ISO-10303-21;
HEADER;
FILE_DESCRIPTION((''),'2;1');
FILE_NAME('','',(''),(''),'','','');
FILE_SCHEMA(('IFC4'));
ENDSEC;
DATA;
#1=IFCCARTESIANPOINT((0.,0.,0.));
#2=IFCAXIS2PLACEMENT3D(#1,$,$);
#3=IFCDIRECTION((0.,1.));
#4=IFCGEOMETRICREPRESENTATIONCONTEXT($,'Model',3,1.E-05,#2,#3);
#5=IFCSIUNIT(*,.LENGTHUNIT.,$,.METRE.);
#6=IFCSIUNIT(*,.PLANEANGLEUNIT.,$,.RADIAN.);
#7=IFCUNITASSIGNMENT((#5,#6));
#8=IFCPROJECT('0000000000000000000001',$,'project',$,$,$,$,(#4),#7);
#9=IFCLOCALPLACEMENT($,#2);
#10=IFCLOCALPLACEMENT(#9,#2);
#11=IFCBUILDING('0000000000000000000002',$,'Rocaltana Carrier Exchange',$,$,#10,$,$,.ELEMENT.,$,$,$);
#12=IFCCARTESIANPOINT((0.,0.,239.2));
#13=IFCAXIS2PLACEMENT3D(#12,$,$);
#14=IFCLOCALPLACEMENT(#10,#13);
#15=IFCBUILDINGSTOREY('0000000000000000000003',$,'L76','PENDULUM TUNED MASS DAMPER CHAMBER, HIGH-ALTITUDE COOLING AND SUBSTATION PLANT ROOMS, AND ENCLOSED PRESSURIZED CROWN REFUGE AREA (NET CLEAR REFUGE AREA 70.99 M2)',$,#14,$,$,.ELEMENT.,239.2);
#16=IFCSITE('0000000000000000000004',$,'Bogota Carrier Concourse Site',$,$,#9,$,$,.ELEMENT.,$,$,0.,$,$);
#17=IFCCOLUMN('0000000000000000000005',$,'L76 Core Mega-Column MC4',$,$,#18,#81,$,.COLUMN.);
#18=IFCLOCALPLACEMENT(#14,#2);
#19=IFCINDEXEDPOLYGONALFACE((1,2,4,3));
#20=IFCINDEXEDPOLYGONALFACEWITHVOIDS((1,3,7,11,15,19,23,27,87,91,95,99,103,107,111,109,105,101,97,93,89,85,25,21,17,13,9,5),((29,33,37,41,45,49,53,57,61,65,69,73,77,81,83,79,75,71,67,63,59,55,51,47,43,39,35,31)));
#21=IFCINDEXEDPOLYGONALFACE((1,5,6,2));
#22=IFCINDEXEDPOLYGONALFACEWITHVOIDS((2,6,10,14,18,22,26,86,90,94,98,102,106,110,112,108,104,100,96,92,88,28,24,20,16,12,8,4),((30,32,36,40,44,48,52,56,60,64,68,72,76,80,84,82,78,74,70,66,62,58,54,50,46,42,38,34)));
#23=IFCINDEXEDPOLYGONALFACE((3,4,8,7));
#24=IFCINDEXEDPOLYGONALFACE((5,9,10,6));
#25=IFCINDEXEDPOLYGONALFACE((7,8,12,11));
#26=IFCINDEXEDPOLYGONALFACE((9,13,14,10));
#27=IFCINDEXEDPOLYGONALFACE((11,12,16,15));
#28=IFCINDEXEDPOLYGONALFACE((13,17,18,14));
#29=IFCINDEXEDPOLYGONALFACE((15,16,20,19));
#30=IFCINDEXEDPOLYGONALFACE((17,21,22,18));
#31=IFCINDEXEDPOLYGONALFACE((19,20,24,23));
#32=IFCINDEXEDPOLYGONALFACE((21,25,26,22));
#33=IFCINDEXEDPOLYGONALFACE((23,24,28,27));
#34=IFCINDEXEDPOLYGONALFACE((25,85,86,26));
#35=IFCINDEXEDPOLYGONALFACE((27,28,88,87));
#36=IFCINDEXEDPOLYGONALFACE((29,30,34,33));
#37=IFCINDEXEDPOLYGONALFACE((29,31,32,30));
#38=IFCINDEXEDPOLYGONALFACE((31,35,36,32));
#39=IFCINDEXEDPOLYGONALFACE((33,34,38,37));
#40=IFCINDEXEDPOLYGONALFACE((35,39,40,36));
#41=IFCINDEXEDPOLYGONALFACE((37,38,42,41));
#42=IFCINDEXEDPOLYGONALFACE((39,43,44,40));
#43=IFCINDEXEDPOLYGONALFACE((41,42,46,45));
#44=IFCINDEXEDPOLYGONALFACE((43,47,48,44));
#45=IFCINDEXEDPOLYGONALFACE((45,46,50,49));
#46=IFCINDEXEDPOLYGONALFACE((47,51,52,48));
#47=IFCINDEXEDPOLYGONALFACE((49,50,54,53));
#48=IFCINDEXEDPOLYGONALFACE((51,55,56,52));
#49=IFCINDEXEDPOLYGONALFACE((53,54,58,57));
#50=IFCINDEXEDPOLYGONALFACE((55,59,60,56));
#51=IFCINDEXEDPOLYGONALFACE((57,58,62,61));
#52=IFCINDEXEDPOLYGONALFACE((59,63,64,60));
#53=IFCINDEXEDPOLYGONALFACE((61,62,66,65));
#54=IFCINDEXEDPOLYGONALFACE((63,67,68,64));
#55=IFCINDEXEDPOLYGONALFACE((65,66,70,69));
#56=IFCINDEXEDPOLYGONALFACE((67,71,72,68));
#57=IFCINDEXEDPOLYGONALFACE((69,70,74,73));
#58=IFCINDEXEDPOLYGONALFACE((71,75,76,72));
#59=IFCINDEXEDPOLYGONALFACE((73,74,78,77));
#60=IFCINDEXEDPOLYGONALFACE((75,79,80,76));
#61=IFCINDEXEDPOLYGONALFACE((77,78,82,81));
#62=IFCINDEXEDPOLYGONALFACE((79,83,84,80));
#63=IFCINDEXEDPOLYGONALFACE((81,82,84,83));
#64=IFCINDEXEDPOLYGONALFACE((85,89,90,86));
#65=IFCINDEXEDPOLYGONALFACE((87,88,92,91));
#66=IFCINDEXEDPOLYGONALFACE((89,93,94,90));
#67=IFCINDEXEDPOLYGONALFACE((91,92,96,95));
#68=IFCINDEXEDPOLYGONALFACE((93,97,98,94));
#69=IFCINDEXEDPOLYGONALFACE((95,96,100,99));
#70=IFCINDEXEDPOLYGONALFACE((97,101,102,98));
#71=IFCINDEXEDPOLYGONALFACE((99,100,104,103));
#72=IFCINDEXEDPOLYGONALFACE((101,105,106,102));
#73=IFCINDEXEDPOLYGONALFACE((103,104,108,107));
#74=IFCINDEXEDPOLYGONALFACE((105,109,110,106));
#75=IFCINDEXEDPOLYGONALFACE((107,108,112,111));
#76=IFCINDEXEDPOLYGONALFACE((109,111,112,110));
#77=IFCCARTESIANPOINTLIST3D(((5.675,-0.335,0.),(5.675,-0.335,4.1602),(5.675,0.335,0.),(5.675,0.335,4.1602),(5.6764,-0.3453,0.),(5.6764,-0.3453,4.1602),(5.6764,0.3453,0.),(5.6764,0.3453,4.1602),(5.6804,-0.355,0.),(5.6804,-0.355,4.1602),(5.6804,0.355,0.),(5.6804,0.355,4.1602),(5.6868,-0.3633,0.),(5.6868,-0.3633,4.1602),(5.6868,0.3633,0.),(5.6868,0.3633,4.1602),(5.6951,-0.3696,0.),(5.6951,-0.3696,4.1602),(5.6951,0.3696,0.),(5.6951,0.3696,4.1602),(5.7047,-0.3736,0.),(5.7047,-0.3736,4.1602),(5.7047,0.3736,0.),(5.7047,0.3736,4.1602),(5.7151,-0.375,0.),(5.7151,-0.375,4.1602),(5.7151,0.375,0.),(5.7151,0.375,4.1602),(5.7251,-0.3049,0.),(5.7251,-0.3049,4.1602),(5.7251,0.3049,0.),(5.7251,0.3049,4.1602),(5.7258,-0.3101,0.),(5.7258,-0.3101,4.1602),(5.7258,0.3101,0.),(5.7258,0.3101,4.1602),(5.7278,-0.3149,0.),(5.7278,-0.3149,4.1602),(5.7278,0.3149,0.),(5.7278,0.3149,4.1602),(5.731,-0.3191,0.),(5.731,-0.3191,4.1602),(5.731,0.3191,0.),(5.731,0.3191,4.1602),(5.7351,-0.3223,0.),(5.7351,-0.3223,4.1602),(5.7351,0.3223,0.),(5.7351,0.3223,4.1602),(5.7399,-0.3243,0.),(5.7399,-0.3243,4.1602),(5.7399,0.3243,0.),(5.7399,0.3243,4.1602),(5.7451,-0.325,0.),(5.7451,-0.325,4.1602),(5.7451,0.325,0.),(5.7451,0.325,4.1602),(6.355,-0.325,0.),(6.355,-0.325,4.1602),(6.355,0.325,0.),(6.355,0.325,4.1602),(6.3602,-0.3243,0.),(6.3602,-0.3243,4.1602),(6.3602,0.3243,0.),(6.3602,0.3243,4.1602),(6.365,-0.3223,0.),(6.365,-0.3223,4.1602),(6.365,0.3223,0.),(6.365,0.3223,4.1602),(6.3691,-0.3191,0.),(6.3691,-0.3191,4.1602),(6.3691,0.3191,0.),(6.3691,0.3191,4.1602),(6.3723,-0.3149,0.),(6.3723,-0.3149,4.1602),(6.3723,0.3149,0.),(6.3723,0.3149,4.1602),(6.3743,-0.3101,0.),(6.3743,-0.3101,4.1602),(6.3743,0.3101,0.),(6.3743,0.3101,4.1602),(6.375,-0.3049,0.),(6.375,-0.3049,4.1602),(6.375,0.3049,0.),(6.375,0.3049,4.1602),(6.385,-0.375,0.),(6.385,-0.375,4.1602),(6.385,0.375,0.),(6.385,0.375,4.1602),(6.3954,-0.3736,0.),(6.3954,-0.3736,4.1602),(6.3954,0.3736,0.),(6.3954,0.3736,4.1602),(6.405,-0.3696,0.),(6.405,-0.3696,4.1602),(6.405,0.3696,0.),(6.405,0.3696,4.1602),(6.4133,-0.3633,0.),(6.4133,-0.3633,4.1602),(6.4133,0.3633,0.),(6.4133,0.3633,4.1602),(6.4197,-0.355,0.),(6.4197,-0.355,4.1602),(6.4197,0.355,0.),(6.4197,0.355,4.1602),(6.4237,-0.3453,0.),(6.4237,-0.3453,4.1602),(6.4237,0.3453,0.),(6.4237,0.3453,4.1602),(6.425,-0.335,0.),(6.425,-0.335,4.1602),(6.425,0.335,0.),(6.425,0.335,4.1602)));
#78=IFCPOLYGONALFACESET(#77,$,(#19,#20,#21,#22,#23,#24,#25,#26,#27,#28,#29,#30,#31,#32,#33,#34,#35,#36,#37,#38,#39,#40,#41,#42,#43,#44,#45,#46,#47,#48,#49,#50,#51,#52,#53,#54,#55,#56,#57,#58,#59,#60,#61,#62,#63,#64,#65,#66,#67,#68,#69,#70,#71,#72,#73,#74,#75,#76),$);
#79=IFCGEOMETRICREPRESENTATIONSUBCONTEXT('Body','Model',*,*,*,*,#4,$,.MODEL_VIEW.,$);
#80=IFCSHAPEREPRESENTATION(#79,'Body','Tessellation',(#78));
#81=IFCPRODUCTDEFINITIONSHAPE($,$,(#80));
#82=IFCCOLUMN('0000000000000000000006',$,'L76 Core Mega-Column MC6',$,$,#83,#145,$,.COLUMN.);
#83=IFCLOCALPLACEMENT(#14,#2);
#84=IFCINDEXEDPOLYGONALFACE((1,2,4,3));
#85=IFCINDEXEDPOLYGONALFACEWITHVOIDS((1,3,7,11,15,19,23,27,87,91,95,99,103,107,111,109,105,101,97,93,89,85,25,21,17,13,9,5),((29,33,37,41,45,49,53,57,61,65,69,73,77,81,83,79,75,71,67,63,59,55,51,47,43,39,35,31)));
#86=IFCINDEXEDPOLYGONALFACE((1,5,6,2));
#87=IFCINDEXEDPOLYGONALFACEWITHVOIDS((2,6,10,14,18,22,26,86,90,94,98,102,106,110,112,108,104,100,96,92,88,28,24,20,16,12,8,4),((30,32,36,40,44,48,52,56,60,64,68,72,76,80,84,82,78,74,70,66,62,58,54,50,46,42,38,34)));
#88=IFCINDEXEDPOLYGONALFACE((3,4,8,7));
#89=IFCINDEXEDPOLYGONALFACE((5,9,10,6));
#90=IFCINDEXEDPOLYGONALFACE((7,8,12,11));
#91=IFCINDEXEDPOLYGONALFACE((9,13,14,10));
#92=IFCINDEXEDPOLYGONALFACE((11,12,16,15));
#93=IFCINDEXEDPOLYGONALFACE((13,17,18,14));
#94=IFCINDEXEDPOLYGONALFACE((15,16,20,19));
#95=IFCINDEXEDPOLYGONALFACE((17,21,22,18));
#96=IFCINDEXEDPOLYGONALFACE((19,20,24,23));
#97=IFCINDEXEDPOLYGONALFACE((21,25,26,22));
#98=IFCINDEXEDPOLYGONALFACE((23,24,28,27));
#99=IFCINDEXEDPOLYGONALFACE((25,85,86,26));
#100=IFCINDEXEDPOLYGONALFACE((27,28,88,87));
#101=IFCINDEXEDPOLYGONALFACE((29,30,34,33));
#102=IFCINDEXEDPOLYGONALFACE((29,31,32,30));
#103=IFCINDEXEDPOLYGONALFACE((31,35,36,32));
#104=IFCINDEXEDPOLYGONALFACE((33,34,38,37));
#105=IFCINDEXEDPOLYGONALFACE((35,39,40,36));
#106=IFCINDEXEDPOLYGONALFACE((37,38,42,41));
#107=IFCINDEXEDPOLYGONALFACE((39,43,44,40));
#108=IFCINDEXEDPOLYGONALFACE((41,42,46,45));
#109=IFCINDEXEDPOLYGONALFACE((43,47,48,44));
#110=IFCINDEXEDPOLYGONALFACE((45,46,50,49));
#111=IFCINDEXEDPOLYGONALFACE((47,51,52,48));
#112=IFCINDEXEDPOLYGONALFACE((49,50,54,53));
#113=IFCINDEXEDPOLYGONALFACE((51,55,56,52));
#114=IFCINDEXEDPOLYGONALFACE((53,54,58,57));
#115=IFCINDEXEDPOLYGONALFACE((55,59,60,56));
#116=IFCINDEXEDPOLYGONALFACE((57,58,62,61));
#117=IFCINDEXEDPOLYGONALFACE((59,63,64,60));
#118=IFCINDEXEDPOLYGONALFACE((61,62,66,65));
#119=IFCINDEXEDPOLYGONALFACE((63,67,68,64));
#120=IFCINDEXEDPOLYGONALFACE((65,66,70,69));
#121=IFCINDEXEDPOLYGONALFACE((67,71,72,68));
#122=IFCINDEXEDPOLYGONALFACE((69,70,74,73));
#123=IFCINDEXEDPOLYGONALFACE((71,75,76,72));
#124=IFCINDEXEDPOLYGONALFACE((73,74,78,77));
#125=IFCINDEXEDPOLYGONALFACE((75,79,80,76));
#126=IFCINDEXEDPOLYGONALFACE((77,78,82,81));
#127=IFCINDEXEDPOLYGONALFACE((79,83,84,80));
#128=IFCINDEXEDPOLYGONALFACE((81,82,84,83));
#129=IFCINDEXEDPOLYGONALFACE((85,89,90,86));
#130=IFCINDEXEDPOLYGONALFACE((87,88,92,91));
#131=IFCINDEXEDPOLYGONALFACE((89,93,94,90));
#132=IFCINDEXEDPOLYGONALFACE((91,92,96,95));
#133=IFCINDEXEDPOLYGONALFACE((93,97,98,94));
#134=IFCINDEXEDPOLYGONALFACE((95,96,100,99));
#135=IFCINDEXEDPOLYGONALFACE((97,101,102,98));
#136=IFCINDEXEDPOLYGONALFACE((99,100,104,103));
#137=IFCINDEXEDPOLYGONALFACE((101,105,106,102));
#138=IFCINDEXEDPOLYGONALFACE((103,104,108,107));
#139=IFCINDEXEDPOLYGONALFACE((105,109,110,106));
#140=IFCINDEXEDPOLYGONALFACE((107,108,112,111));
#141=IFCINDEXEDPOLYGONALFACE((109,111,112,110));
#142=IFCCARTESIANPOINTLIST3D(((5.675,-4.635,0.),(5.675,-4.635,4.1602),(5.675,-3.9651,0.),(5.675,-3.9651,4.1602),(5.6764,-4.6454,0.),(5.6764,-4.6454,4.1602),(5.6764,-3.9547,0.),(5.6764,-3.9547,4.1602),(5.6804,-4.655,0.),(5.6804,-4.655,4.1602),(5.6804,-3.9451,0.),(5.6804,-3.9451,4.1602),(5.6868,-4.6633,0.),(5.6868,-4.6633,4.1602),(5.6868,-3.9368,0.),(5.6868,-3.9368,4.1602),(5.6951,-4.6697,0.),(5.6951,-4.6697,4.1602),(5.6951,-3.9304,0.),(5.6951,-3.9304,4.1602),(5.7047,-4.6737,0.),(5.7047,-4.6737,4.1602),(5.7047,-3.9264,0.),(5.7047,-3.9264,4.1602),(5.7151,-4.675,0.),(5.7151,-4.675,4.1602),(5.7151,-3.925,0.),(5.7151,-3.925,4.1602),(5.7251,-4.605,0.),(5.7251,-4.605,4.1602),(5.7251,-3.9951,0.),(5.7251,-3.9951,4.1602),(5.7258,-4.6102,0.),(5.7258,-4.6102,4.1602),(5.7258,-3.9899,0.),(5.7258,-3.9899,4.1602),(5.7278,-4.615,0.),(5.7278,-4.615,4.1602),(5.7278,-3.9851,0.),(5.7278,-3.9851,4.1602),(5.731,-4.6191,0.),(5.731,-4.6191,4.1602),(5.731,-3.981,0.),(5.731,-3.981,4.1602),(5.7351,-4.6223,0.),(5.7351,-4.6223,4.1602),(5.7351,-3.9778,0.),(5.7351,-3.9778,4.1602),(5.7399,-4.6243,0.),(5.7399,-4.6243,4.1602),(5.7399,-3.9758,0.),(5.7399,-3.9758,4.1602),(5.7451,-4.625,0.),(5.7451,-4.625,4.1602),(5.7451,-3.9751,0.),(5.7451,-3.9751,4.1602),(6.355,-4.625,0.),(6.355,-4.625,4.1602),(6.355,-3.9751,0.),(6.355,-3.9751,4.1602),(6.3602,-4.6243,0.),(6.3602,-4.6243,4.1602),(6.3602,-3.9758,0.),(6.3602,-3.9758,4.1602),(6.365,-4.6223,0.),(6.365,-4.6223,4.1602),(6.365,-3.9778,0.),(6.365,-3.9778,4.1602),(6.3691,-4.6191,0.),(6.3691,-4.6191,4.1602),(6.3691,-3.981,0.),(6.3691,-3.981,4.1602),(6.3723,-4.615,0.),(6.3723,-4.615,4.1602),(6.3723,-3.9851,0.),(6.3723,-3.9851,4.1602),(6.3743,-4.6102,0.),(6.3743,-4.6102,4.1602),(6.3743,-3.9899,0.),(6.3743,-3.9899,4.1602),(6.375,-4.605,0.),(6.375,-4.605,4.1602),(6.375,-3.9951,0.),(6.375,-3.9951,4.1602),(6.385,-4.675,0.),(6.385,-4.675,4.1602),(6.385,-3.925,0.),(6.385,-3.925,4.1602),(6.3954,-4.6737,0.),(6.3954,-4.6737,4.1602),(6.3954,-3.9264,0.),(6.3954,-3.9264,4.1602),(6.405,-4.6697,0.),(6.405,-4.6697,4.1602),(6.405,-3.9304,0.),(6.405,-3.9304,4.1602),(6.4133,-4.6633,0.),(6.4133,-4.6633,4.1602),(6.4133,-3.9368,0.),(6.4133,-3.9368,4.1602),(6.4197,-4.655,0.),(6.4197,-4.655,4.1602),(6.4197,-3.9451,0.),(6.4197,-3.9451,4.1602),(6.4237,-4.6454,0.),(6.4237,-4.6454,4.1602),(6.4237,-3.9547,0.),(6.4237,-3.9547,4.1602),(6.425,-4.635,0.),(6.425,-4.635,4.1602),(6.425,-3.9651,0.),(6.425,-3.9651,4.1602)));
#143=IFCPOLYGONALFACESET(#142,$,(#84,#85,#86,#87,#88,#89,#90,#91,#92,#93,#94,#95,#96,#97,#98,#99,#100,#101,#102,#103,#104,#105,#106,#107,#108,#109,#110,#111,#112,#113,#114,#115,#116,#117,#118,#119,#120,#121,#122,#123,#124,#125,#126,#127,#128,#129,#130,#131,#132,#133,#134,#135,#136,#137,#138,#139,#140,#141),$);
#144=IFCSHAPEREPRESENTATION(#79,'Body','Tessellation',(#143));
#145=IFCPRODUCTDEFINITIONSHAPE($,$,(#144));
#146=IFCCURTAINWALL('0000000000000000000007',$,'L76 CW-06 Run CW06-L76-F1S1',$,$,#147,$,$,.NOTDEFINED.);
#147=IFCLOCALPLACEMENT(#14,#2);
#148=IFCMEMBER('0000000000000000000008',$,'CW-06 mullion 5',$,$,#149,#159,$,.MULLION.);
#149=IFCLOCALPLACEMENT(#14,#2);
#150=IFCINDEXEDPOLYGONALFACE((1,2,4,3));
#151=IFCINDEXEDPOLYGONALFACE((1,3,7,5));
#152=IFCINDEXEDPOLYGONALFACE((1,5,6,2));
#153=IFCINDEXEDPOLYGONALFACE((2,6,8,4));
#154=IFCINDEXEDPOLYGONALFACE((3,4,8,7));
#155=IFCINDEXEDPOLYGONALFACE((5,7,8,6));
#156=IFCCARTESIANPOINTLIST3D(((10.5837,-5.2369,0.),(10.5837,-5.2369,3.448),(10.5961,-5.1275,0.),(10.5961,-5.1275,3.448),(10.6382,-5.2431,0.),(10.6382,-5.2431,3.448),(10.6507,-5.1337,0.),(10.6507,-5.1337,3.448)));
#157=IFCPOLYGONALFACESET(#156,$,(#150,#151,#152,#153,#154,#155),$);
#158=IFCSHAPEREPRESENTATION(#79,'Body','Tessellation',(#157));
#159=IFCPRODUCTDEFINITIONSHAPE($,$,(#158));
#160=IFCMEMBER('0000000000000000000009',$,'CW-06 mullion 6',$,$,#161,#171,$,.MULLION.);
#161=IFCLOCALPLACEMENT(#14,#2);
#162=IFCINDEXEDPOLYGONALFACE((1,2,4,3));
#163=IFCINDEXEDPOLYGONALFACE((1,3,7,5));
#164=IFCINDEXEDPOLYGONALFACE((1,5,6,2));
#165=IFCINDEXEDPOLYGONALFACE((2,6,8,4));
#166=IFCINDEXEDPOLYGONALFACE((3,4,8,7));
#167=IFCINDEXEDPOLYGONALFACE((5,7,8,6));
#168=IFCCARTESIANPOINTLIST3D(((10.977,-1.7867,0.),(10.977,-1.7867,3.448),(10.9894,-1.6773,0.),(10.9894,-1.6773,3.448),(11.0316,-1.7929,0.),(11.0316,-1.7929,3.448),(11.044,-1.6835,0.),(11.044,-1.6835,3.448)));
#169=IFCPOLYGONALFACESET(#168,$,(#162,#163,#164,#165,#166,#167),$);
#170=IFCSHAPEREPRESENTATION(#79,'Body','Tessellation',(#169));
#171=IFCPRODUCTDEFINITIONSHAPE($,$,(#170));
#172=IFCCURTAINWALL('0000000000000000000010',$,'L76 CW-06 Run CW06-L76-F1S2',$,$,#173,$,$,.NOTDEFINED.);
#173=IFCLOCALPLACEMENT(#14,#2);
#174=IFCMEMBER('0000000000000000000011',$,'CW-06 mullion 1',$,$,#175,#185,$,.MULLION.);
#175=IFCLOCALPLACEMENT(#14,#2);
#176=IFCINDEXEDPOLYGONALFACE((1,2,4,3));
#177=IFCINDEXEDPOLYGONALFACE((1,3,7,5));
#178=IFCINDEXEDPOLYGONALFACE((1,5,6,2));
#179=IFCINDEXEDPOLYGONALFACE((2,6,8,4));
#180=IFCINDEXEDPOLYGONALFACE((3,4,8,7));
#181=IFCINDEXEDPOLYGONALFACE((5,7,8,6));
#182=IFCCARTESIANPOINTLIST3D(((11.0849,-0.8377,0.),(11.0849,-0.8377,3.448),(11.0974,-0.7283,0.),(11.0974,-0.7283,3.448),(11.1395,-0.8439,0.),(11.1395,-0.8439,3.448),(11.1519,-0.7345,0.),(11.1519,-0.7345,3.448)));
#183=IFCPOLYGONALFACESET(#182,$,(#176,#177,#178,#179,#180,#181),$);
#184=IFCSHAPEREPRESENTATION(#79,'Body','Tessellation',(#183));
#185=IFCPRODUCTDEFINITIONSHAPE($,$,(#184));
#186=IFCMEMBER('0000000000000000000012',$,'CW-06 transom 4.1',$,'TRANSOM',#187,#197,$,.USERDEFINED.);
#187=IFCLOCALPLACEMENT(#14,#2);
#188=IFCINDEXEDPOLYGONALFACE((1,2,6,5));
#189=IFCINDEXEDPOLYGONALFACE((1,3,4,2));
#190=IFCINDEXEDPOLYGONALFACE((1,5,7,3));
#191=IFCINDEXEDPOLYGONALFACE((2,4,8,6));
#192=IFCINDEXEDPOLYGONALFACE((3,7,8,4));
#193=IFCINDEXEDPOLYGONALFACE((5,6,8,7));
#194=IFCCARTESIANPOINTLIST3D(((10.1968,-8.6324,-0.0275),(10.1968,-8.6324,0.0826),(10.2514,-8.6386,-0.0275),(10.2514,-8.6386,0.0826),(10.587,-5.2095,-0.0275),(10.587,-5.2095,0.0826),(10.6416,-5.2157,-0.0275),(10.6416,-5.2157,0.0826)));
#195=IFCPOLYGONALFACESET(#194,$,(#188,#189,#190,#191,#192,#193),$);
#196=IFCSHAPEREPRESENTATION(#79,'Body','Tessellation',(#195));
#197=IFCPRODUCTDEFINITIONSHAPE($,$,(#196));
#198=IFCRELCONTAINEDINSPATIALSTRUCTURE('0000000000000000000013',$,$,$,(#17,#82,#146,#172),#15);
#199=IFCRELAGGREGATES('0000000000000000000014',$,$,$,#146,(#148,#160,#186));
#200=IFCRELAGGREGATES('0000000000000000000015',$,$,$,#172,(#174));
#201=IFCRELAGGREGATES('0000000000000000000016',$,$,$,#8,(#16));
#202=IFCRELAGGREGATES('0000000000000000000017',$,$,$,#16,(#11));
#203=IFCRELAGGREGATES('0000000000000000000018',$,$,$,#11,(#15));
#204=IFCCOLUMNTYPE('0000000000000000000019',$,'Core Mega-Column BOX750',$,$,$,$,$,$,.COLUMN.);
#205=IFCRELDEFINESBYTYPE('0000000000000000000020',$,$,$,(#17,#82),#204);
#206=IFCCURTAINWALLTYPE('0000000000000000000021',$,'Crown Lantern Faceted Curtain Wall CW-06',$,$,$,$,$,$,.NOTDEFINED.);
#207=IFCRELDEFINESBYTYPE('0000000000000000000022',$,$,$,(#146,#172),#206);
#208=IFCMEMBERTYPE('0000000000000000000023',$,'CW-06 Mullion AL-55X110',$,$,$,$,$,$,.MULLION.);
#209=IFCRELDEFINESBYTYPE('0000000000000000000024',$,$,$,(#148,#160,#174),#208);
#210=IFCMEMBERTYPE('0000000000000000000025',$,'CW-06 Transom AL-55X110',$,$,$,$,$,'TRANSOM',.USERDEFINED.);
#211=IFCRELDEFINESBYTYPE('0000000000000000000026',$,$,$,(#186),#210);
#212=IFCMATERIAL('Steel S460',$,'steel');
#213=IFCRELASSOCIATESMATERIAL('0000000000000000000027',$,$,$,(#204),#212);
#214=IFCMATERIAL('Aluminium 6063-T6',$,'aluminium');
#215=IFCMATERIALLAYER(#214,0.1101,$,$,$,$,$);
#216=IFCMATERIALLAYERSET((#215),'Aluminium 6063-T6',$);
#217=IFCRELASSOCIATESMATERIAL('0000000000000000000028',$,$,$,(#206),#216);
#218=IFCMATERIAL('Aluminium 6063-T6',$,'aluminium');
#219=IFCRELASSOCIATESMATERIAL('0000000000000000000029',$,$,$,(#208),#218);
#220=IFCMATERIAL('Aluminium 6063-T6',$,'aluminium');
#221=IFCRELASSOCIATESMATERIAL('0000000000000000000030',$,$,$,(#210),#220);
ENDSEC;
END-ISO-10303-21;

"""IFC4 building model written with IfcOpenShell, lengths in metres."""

from ifc_helpers import new_model, si_unit, direction, frame, origin, origin_2d, place, context, subcontext, project, spatial, rectangle, hollow_rectangle, extrude, material, layer, layer_set, material_profile, profile_set, type_object, element, aggregate, save


model = new_model("IFC4")

# Units and contexts
model_context = context("Model", 3, precision=1e-05, world=origin(), true_north=direction((0.0, 1.0)))
body_context = subcontext(model_context, "Body", "Model", "MODEL_VIEW")
ifc_project = project(units=[si_unit("LENGTHUNIT", "METRE"), si_unit("PLANEANGLEUNIT", "RADIAN")], contexts=[model_context])

# Site, building, storey
site_placement = place(None, origin())
site = spatial("IfcSite", under=ifc_project, at=site_placement, Name="Bogota Carrier Concourse Site", CompositionType="ELEMENT", RefElevation=0.0)
building_placement = place(site_placement, origin())
building = spatial("IfcBuilding", under=site, at=building_placement, Name="Rocaltana Carrier Exchange", CompositionType="ELEMENT")
storey_placement = place(building_placement, frame((0.0, 0.0, 239.2)))
storey = spatial("IfcBuildingStorey", under=building, at=storey_placement, Name="L76", Description="PENDULUM TUNED MASS DAMPER CHAMBER, HIGH-ALTITUDE COOLING AND SUBSTATION PLANT ROOMS, AND ENCLOSED PRESSURIZED CROWN REFUGE AREA (NET CLEAR REFUGE AREA 70.99 M2)", CompositionType="ELEMENT", Elevation=239.2)

# Columns
ifc_material_1 = material(Name="Steel S460", Category="steel")
ifc_material_profile_1 = material_profile(ifc_material_1, hollow_rectangle(XDim=0.75, YDim=0.75, WallThickness=0.05, InnerFilletRadius=0.02, OuterFilletRadius=0.04, at=origin_2d()), Name="BOX750X750X50")
ifc_profile_set_1 = profile_set([ifc_material_profile_1], Name="Steel S460")
column_type = type_object("IfcColumnType", Name="Core Mega-Column BOX750", PredefinedType="COLUMN", material=ifc_profile_set_1)
for number, where, z_axis, x_axis, name in (
    (1, (6.05, 0.0, 0.0), (0.0, 0.0, 1.0), (1.0, 0.0, 0.0), "L76 Core Mega-Column MC4"),
    (2, (6.05, -4.3, 0.0), (0.0, 0.0, 1.0), (1.0, 0.0, 0.0), "L76 Core Mega-Column MC6"),
):
    element("IfcColumn", number, at=place(storey_placement, frame(where, z_axis=z_axis, x_axis=x_axis)), inside=storey, type_object=column_type, Name=name, PredefinedType="COLUMN", context=body_context, shape_type="SweptSolid", body=[
        extrude(hollow_rectangle(XDim=0.75, YDim=0.75, WallThickness=0.05, InnerFilletRadius=0.02, OuterFilletRadius=0.04, at=origin_2d()), origin(), (0.0, 0.0, 1.0), 4.1602),
    ])

# Curtain wall, members
ifc_material_2 = material(Name="Aluminium 6063-T6", Category="aluminium")
ifc_layer_1 = layer(ifc_material_2, 0.1101)
ifc_layer_set_1 = layer_set([ifc_layer_1], Name="Aluminium 6063-T6")
curtain_wall_type = type_object("IfcCurtainWallType", Name="Crown Lantern Faceted Curtain Wall CW-06", PredefinedType="NOTDEFINED", material=ifc_layer_set_1)
curtain_wall_1_placement = place(storey_placement, origin())
curtain_wall_1 = element("IfcCurtainWall", 3, at=curtain_wall_1_placement, inside=storey, type_object=curtain_wall_type, Name="L76 CW-06 Run CW06-L76-F1S1", PredefinedType="NOTDEFINED")
ifc_material_3 = material(Name="Aluminium 6063-T6", Category="aluminium")
ifc_material_profile_2 = material_profile(ifc_material_3, rectangle(XDim=0.0549, YDim=0.1101, at=origin_2d()), Name="AL-55X110")
ifc_profile_set_2 = profile_set([ifc_material_profile_2], Name="Aluminium 6063-T6")
member_type_1 = type_object("IfcMemberType", Name="CW-06 Mullion AL-55X110", PredefinedType="MULLION", material=ifc_profile_set_2)
member_1_placement = place(storey_placement, frame((10.6172, -5.1853, 0.0), z_axis=(0.0, 0.0, 1.0), x_axis=(-0.993572, 0.113199, 0.0)))
member_1 = element("IfcMember", 4, at=member_1_placement, type_object=member_type_1, Name="CW-06 mullion 5", PredefinedType="MULLION", context=body_context, shape_type="SweptSolid", body=[
    extrude(rectangle(XDim=0.0549, YDim=0.1101, at=origin_2d()), origin(), (0.0, 0.0, 1.0), 3.448),
])
member_2_placement = place(storey_placement, frame((11.0105, -1.7351, 0.0), z_axis=(0.0, 0.0, 1.0), x_axis=(-0.993572, 0.113199, 0.0)))
member_2 = element("IfcMember", 5, at=member_2_placement, type_object=member_type_1, Name="CW-06 mullion 6", PredefinedType="MULLION", context=body_context, shape_type="SweptSolid", body=[
    extrude(rectangle(XDim=0.0549, YDim=0.1101, at=origin_2d()), origin(), (0.0, 0.0, 1.0), 3.448),
])

# Curtain wall, member
curtain_wall_2_placement = place(storey_placement, origin())
curtain_wall_2 = element("IfcCurtainWall", 6, at=curtain_wall_2_placement, inside=storey, type_object=curtain_wall_type, Name="L76 CW-06 Run CW06-L76-F1S2", PredefinedType="NOTDEFINED")
member_3_placement = place(storey_placement, frame((11.1184, -0.7861, 0.0), z_axis=(0.0, 0.0, 1.0), x_axis=(-0.993572, 0.113206, 0.0)))
member_3 = element("IfcMember", 7, at=member_3_placement, type_object=member_type_1, Name="CW-06 mullion 1", PredefinedType="MULLION", context=body_context, shape_type="SweptSolid", body=[
    extrude(rectangle(XDim=0.0549, YDim=0.1101, at=origin_2d()), origin(), (0.0, 0.0, 1.0), 3.448),
])

# Member
ifc_material_4 = material(Name="Aluminium 6063-T6", Category="aluminium")
ifc_material_profile_3 = material_profile(ifc_material_4, rectangle(XDim=0.0549, YDim=0.1101, at=origin_2d()), Name="AL-55X110")
ifc_profile_set_3 = profile_set([ifc_material_profile_3], Name="Aluminium 6063-T6")
member_type_2 = type_object("IfcMemberType", Name="CW-06 Transom AL-55X110", ElementType="TRANSOM", PredefinedType="USERDEFINED", material=ifc_profile_set_3)
member_4_placement = place(storey_placement, frame((10.2241, -8.6355, 0.0276), z_axis=(0.113247, 0.993567, 0.0), x_axis=(-0.993567, 0.113247, 0.0)))
member_4 = element("IfcMember", 8, at=member_4_placement, type_object=member_type_2, Name="CW-06 transom 4.1", ObjectType="TRANSOM", PredefinedType="USERDEFINED", context=body_context, shape_type="SweptSolid", body=[
    extrude(rectangle(XDim=0.0549, YDim=0.1101, at=origin_2d()), origin(), (0.0, 0.0, 1.0), 3.4451),
])

aggregate(curtain_wall_1, [member_1, member_2, member_4])
aggregate(curtain_wall_2, [member_3])

save(model, "model.ifc")
